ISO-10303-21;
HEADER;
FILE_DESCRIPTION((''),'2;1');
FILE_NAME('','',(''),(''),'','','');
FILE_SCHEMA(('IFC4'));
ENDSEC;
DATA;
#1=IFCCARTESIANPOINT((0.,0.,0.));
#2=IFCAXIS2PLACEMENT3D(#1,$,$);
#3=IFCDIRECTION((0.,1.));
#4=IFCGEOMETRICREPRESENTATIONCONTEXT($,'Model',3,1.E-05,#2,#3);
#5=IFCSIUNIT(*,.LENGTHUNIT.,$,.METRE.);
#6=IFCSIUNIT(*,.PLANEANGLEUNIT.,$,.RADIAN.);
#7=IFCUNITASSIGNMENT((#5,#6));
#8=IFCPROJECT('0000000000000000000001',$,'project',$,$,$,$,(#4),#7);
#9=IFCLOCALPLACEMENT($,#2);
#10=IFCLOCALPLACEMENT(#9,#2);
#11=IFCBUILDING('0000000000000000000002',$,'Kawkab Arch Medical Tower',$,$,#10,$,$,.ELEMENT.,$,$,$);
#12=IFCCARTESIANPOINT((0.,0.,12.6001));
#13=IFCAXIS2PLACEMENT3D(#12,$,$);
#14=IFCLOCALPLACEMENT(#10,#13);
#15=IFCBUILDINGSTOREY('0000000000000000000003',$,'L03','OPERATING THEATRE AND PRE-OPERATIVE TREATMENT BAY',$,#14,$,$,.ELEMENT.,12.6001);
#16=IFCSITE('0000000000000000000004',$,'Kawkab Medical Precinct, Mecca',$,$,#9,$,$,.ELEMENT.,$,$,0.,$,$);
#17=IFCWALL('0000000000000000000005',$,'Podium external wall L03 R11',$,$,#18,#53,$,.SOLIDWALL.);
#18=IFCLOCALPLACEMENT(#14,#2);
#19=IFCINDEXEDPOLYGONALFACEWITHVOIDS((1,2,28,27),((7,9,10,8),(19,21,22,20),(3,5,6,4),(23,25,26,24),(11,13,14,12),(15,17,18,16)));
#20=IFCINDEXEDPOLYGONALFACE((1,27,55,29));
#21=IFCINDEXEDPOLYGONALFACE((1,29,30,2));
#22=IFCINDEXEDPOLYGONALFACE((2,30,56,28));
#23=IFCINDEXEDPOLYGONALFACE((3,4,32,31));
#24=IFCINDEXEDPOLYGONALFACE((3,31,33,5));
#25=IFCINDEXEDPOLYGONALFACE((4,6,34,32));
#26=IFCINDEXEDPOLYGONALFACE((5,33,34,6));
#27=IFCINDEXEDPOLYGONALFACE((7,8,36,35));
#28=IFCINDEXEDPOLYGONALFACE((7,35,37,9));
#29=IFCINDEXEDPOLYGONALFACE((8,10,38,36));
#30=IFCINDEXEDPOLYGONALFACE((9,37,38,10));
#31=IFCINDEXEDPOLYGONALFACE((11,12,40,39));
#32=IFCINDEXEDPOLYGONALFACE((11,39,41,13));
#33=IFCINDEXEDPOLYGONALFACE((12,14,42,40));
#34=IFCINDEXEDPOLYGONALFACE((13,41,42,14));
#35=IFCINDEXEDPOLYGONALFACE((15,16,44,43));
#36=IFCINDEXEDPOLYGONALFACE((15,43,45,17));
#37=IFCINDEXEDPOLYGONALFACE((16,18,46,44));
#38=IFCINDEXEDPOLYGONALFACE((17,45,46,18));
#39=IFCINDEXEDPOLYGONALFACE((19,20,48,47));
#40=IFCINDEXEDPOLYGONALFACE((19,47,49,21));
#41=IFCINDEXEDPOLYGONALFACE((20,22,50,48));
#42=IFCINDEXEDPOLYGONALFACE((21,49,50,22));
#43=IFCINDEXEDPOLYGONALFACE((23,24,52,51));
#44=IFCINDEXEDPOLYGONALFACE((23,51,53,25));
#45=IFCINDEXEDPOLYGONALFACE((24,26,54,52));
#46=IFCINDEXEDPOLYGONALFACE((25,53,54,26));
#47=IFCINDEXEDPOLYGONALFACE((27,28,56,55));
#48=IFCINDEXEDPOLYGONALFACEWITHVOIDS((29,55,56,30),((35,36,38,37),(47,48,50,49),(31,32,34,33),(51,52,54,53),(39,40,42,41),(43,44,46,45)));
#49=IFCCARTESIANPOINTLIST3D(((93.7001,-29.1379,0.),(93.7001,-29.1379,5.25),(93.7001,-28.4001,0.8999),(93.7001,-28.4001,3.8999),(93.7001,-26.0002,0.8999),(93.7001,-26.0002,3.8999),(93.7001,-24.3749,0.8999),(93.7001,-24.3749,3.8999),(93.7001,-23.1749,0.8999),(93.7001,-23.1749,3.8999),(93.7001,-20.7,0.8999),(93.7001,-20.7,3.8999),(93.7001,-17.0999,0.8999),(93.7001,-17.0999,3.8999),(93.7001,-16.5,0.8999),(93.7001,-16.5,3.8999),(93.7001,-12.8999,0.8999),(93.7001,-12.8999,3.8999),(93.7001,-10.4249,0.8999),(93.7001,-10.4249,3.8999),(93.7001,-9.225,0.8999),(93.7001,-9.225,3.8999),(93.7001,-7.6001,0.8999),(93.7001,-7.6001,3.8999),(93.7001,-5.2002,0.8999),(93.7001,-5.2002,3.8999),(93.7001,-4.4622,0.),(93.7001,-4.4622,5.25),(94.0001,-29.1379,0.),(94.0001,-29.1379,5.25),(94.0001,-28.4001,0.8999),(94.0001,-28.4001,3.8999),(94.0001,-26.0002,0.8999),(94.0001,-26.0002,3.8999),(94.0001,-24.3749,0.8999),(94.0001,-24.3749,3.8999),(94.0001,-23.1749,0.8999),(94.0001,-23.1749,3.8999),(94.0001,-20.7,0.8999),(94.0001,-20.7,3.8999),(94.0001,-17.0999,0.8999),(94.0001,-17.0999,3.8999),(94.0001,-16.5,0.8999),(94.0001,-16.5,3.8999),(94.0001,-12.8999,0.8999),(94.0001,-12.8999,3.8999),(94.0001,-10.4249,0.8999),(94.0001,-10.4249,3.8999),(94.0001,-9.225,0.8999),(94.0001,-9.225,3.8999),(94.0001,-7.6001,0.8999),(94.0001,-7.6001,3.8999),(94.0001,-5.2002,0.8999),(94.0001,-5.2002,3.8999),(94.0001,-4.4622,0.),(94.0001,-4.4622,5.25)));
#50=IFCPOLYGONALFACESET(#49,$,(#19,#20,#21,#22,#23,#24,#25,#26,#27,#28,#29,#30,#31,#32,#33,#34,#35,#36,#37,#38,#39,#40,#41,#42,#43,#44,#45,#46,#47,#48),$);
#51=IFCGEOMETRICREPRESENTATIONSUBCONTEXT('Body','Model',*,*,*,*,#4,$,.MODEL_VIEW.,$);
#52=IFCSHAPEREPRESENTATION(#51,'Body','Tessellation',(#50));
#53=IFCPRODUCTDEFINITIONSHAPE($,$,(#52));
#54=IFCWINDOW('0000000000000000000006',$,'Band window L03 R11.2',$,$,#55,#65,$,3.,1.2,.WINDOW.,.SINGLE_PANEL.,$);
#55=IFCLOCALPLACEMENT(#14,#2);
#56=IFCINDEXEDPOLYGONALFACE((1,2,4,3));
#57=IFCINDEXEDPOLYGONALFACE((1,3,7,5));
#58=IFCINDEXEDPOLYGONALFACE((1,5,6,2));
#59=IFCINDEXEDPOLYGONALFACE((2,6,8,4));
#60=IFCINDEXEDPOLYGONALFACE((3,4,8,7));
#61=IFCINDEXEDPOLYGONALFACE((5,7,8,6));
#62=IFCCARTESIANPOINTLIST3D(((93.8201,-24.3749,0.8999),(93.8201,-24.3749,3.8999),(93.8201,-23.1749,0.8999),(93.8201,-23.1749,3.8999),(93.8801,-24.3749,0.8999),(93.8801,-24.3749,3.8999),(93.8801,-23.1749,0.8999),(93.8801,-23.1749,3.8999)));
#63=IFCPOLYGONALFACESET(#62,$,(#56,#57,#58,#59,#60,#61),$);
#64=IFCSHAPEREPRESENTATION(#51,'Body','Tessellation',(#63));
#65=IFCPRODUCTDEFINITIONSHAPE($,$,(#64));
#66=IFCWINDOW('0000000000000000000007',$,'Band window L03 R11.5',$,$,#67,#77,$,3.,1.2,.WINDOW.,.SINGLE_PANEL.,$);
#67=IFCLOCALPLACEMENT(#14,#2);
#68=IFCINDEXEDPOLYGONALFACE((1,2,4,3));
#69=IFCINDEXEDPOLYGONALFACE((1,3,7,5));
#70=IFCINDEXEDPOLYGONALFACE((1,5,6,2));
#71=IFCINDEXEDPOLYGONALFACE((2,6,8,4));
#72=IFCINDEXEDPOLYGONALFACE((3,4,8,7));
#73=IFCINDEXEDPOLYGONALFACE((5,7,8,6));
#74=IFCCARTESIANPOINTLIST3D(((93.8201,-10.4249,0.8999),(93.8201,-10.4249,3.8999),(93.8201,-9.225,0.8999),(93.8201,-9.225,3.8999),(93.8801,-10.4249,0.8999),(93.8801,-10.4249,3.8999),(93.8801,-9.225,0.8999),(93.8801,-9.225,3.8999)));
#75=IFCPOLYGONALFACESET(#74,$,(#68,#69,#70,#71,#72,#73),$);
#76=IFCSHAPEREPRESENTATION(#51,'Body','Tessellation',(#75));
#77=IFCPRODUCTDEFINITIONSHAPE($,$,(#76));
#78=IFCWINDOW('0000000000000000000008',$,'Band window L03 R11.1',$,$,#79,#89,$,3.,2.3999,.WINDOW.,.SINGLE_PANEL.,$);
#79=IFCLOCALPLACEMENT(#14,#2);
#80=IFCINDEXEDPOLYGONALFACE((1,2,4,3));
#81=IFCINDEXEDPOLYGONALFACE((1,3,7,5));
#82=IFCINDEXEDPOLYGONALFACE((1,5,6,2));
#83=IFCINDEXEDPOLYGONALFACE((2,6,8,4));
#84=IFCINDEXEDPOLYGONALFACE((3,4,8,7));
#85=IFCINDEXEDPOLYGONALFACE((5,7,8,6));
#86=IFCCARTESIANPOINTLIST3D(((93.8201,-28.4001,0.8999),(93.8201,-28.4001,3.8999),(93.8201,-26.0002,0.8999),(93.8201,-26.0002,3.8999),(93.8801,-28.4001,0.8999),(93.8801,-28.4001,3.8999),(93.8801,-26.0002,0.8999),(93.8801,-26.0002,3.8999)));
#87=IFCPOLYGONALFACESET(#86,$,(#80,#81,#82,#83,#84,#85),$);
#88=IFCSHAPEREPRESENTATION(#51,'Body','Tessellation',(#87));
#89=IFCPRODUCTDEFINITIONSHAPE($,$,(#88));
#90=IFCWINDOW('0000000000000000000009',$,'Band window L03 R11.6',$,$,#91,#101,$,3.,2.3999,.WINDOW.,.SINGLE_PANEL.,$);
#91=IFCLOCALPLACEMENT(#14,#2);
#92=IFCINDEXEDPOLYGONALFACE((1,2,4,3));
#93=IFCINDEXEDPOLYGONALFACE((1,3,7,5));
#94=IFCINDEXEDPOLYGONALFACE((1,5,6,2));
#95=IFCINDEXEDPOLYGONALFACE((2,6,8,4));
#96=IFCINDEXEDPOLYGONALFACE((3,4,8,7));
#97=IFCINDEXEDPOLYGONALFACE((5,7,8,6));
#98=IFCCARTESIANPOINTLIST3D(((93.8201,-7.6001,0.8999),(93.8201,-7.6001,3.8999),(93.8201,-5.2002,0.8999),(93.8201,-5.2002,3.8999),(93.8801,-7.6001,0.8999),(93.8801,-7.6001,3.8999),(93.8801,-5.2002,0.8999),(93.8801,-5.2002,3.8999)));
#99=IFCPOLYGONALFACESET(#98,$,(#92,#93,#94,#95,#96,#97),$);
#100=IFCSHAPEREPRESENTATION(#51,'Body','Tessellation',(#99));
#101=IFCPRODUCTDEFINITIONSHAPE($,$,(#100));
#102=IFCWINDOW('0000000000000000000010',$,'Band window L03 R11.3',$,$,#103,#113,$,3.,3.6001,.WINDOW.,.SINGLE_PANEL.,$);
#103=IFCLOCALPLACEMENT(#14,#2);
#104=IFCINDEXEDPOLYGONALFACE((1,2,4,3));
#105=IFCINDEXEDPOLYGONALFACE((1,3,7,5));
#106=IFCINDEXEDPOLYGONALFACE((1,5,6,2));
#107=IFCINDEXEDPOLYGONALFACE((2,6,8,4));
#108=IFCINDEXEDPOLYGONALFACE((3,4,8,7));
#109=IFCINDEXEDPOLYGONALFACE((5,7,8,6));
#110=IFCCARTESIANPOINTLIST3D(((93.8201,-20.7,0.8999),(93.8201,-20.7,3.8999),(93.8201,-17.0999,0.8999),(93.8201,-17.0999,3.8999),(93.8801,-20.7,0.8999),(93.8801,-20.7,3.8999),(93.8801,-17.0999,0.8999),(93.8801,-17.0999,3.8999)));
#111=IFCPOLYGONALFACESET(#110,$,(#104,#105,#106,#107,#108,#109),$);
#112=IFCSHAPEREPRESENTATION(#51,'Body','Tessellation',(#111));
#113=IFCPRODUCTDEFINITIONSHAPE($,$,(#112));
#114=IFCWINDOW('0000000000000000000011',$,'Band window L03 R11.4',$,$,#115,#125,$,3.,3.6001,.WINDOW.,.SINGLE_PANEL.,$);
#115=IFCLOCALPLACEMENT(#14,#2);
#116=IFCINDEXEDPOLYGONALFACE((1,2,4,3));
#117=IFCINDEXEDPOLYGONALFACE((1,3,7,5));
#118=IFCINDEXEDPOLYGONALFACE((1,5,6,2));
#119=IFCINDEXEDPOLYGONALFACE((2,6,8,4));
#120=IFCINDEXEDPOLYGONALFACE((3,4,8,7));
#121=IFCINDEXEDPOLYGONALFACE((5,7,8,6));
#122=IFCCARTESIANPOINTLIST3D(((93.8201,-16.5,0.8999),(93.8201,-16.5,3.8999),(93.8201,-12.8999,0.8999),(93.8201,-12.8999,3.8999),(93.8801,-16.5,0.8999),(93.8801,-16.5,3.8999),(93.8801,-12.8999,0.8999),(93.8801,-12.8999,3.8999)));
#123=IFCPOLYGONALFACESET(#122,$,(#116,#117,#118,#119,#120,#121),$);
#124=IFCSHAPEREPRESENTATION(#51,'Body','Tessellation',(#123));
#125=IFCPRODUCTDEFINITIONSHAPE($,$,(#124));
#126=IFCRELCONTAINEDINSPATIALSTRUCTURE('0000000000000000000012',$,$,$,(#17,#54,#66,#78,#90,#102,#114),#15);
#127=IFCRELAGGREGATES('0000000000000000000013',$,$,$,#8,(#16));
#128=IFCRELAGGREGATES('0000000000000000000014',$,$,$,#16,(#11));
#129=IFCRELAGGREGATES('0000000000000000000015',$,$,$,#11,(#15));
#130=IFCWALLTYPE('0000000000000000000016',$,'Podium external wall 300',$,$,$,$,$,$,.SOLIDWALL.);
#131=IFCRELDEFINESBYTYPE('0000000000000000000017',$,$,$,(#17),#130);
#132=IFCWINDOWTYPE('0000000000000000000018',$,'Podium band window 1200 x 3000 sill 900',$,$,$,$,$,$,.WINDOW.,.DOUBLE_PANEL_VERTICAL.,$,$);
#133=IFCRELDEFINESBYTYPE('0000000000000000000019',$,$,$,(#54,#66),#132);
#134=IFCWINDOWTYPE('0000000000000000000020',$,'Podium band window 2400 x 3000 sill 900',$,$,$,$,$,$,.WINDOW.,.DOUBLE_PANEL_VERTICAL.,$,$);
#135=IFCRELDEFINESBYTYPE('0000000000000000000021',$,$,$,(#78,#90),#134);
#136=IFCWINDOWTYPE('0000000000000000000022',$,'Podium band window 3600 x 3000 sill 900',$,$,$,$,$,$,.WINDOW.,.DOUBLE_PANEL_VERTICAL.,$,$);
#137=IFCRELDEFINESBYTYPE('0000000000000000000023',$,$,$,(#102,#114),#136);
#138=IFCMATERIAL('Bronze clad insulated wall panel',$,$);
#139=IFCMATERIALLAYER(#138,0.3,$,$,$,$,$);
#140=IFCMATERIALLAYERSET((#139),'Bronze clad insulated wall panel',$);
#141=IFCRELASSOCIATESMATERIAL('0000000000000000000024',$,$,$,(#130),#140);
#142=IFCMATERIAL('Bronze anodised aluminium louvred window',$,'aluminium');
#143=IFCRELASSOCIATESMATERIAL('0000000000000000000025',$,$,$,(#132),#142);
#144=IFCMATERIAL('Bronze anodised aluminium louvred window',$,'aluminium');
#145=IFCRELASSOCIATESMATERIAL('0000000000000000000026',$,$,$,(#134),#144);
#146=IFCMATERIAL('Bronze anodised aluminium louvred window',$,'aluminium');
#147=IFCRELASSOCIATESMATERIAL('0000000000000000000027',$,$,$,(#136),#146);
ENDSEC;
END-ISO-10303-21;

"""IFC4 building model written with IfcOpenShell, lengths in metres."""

from ifc_helpers import new_model, si_unit, direction, frame, frame_2d, origin, place, context, subcontext, project, spatial, rectangle, extrude, material, layer, layer_set, type_object, element, fill, save


model = new_model("IFC4")

# Units and contexts
model_context = context("Model", 3, precision=1e-05, world=origin(), true_north=direction((0.0, 1.0)))
body_context = subcontext(model_context, "Body", "Model", "MODEL_VIEW")
ifc_project = project(units=[si_unit("LENGTHUNIT", "METRE"), si_unit("PLANEANGLEUNIT", "RADIAN")], contexts=[model_context])

# Site, building, storey
site_placement = place(None, origin())
site = spatial("IfcSite", under=ifc_project, at=site_placement, Name="Kawkab Medical Precinct, Mecca", CompositionType="ELEMENT", RefElevation=0.0)
building_placement = place(site_placement, origin())
building = spatial("IfcBuilding", under=site, at=building_placement, Name="Kawkab Arch Medical Tower", CompositionType="ELEMENT")
storey_placement = place(building_placement, frame((0.0, 0.0, 12.6001)))
storey = spatial("IfcBuildingStorey", under=building, at=storey_placement, Name="L03", Description="OPERATING THEATRE AND PRE-OPERATIVE TREATMENT BAY", CompositionType="ELEMENT", Elevation=12.6001)

# Wall, openings, windows
ifc_material_1 = material(Name="Bronze clad insulated wall panel")
ifc_layer_1 = layer(ifc_material_1, 0.3)
ifc_layer_set_1 = layer_set([ifc_layer_1], Name="Bronze clad insulated wall panel")
wall_type_1 = type_object("IfcWallType", Name="Podium external wall 300", PredefinedType="SOLIDWALL", material=ifc_layer_set_1)
wall_1_placement = place(storey_placement, frame((93.8501, -29.1379, 0.0), z_axis=(0.0, 0.0, 1.0), x_axis=(0.0, 1.0, 0.0)))
wall_1 = element("IfcWall", 1, at=wall_1_placement, inside=storey, type_object=wall_type_1, Name="Podium external wall L03 R11", PredefinedType="SOLIDWALL", context=body_context, shape_type="SweptSolid", body=[
    extrude(rectangle(XDim=24.6758, YDim=0.3, at=frame_2d((12.3379, 0.0))), origin(), (0.0, 0.0, 1.0), 5.25),
])
opening_1_placement = place(wall_1_placement, frame((0.7378, 0.0, 0.8999)))
opening_1 = element("IfcOpeningElement", 2, at=opening_1_placement, cuts=wall_1, PredefinedType="OPENING", context=body_context, shape_type="SweptSolid", body=[
    extrude(rectangle(XDim=2.3999, YDim=3.0, at=frame_2d((1.2, 1.5))), frame((0.0, 0.1599, 0.0), z_axis=(0.0, -1.0, 0.0), x_axis=(1.0, 0.0, 0.0)), (0.0, 0.0, 1.0), 0.3201),
])
opening_2_placement = place(wall_1_placement, frame((4.7629, 0.0, 0.8999)))
opening_2 = element("IfcOpeningElement", 3, at=opening_2_placement, cuts=wall_1, PredefinedType="OPENING", context=body_context, shape_type="SweptSolid", body=[
    extrude(rectangle(XDim=1.2, YDim=3.0, at=frame_2d((0.6001, 1.5))), frame((0.0, 0.1599, 0.0), z_axis=(0.0, -1.0, 0.0), x_axis=(1.0, 0.0, 0.0)), (0.0, 0.0, 1.0), 0.3201),
])
opening_3_placement = place(wall_1_placement, frame((8.438, 0.0, 0.8999)))
opening_3 = element("IfcOpeningElement", 4, at=opening_3_placement, cuts=wall_1, PredefinedType="OPENING", context=body_context, shape_type="SweptSolid", body=[
    extrude(rectangle(XDim=3.6001, YDim=3.0, at=frame_2d((1.8, 1.5))), frame((0.0, 0.1599, 0.0), z_axis=(0.0, -1.0, 0.0), x_axis=(1.0, 0.0, 0.0)), (0.0, 0.0, 1.0), 0.3201),
])
opening_4_placement = place(wall_1_placement, frame((12.6379, 0.0, 0.8999)))
opening_4 = element("IfcOpeningElement", 5, at=opening_4_placement, cuts=wall_1, PredefinedType="OPENING", context=body_context, shape_type="SweptSolid", body=[
    extrude(rectangle(XDim=3.6001, YDim=3.0, at=frame_2d((1.8, 1.5))), frame((0.0, 0.1599, 0.0), z_axis=(0.0, -1.0, 0.0), x_axis=(1.0, 0.0, 0.0)), (0.0, 0.0, 1.0), 0.3201),
])
opening_5_placement = place(wall_1_placement, frame((18.7129, 0.0, 0.8999)))
opening_5 = element("IfcOpeningElement", 6, at=opening_5_placement, cuts=wall_1, PredefinedType="OPENING", context=body_context, shape_type="SweptSolid", body=[
    extrude(rectangle(XDim=1.2, YDim=3.0, at=frame_2d((0.6001, 1.5))), frame((0.0, 0.1599, 0.0), z_axis=(0.0, -1.0, 0.0), x_axis=(1.0, 0.0, 0.0)), (0.0, 0.0, 1.0), 0.3201),
])
opening_6_placement = place(wall_1_placement, frame((21.5378, 0.0, 0.8999)))
opening_6 = element("IfcOpeningElement", 7, at=opening_6_placement, cuts=wall_1, PredefinedType="OPENING", context=body_context, shape_type="SweptSolid", body=[
    extrude(rectangle(XDim=2.3999, YDim=3.0, at=frame_2d((1.2, 1.5))), frame((0.0, 0.1599, 0.0), z_axis=(0.0, -1.0, 0.0), x_axis=(1.0, 0.0, 0.0)), (0.0, 0.0, 1.0), 0.3201),
])
ifc_material_2 = material(Name="Bronze anodised aluminium louvred window", Category="aluminium")
window_type_1 = type_object("IfcWindowType", Name="Podium band window 1200 x 3000 sill 900", PartitioningType="DOUBLE_PANEL_VERTICAL", PredefinedType="WINDOW", material=ifc_material_2)
window_1_placement = place(opening_2_placement, origin())
window_1 = element("IfcWindow", 8, at=window_1_placement, inside=storey, type_object=window_type_1, Name="Band window L03 R11.2", OverallHeight=3.0, OverallWidth=1.2, PartitioningType="SINGLE_PANEL", PredefinedType="WINDOW", context=body_context, shape_type="SweptSolid", body=[
    extrude(rectangle(XDim=1.2, YDim=3.0, at=frame_2d((0.6001, 1.5))), frame((0.0, 0.03, 0.0), z_axis=(0.0, -1.0, 0.0), x_axis=(1.0, 0.0, 0.0)), (0.0, 0.0, 1.0), 0.0601),
])
fill(opening_2, window_1)
window_2_placement = place(opening_5_placement, origin())
window_2 = element("IfcWindow", 9, at=window_2_placement, inside=storey, type_object=window_type_1, Name="Band window L03 R11.5", OverallHeight=3.0, OverallWidth=1.2, PartitioningType="SINGLE_PANEL", PredefinedType="WINDOW", context=body_context, shape_type="SweptSolid", body=[
    extrude(rectangle(XDim=1.2, YDim=3.0, at=frame_2d((0.6001, 1.5))), frame((0.0, 0.03, 0.0), z_axis=(0.0, -1.0, 0.0), x_axis=(1.0, 0.0, 0.0)), (0.0, 0.0, 1.0), 0.0601),
])
fill(opening_5, window_2)
ifc_material_3 = material(Name="Bronze anodised aluminium louvred window", Category="aluminium")
window_type_2 = type_object("IfcWindowType", Name="Podium band window 2400 x 3000 sill 900", PartitioningType="DOUBLE_PANEL_VERTICAL", PredefinedType="WINDOW", material=ifc_material_3)
window_3_placement = place(opening_1_placement, origin())
window_3 = element("IfcWindow", 10, at=window_3_placement, inside=storey, type_object=window_type_2, Name="Band window L03 R11.1", OverallHeight=3.0, OverallWidth=2.3999, PartitioningType="SINGLE_PANEL", PredefinedType="WINDOW", context=body_context, shape_type="SweptSolid", body=[
    extrude(rectangle(XDim=2.3999, YDim=3.0, at=frame_2d((1.2, 1.5))), frame((0.0, 0.03, 0.0), z_axis=(0.0, -1.0, 0.0), x_axis=(1.0, 0.0, 0.0)), (0.0, 0.0, 1.0), 0.0601),
])
fill(opening_1, window_3)
window_4_placement = place(opening_6_placement, origin())
window_4 = element("IfcWindow", 11, at=window_4_placement, inside=storey, type_object=window_type_2, Name="Band window L03 R11.6", OverallHeight=3.0, OverallWidth=2.3999, PartitioningType="SINGLE_PANEL", PredefinedType="WINDOW", context=body_context, shape_type="SweptSolid", body=[
    extrude(rectangle(XDim=2.3999, YDim=3.0, at=frame_2d((1.2, 1.5))), frame((0.0, 0.03, 0.0), z_axis=(0.0, -1.0, 0.0), x_axis=(1.0, 0.0, 0.0)), (0.0, 0.0, 1.0), 0.0601),
])
fill(opening_6, window_4)
ifc_material_4 = material(Name="Bronze anodised aluminium louvred window", Category="aluminium")
window_type_3 = type_object("IfcWindowType", Name="Podium band window 3600 x 3000 sill 900", PartitioningType="DOUBLE_PANEL_VERTICAL", PredefinedType="WINDOW", material=ifc_material_4)
window_5_placement = place(opening_3_placement, origin())
window_5 = element("IfcWindow", 12, at=window_5_placement, inside=storey, type_object=window_type_3, Name="Band window L03 R11.3", OverallHeight=3.0, OverallWidth=3.6001, PartitioningType="SINGLE_PANEL", PredefinedType="WINDOW", context=body_context, shape_type="SweptSolid", body=[
    extrude(rectangle(XDim=3.6001, YDim=3.0, at=frame_2d((1.8, 1.5))), frame((0.0, 0.03, 0.0), z_axis=(0.0, -1.0, 0.0), x_axis=(1.0, 0.0, 0.0)), (0.0, 0.0, 1.0), 0.0601),
])
fill(opening_3, window_5)
window_6_placement = place(opening_4_placement, origin())
window_6 = element("IfcWindow", 13, at=window_6_placement, inside=storey, type_object=window_type_3, Name="Band window L03 R11.4", OverallHeight=3.0, OverallWidth=3.6001, PartitioningType="SINGLE_PANEL", PredefinedType="WINDOW", context=body_context, shape_type="SweptSolid", body=[
    extrude(rectangle(XDim=3.6001, YDim=3.0, at=frame_2d((1.8, 1.5))), frame((0.0, 0.03, 0.0), z_axis=(0.0, -1.0, 0.0), x_axis=(1.0, 0.0, 0.0)), (0.0, 0.0, 1.0), 0.0601),
])
fill(opening_4, window_6)

save(model, "model.ifc")
